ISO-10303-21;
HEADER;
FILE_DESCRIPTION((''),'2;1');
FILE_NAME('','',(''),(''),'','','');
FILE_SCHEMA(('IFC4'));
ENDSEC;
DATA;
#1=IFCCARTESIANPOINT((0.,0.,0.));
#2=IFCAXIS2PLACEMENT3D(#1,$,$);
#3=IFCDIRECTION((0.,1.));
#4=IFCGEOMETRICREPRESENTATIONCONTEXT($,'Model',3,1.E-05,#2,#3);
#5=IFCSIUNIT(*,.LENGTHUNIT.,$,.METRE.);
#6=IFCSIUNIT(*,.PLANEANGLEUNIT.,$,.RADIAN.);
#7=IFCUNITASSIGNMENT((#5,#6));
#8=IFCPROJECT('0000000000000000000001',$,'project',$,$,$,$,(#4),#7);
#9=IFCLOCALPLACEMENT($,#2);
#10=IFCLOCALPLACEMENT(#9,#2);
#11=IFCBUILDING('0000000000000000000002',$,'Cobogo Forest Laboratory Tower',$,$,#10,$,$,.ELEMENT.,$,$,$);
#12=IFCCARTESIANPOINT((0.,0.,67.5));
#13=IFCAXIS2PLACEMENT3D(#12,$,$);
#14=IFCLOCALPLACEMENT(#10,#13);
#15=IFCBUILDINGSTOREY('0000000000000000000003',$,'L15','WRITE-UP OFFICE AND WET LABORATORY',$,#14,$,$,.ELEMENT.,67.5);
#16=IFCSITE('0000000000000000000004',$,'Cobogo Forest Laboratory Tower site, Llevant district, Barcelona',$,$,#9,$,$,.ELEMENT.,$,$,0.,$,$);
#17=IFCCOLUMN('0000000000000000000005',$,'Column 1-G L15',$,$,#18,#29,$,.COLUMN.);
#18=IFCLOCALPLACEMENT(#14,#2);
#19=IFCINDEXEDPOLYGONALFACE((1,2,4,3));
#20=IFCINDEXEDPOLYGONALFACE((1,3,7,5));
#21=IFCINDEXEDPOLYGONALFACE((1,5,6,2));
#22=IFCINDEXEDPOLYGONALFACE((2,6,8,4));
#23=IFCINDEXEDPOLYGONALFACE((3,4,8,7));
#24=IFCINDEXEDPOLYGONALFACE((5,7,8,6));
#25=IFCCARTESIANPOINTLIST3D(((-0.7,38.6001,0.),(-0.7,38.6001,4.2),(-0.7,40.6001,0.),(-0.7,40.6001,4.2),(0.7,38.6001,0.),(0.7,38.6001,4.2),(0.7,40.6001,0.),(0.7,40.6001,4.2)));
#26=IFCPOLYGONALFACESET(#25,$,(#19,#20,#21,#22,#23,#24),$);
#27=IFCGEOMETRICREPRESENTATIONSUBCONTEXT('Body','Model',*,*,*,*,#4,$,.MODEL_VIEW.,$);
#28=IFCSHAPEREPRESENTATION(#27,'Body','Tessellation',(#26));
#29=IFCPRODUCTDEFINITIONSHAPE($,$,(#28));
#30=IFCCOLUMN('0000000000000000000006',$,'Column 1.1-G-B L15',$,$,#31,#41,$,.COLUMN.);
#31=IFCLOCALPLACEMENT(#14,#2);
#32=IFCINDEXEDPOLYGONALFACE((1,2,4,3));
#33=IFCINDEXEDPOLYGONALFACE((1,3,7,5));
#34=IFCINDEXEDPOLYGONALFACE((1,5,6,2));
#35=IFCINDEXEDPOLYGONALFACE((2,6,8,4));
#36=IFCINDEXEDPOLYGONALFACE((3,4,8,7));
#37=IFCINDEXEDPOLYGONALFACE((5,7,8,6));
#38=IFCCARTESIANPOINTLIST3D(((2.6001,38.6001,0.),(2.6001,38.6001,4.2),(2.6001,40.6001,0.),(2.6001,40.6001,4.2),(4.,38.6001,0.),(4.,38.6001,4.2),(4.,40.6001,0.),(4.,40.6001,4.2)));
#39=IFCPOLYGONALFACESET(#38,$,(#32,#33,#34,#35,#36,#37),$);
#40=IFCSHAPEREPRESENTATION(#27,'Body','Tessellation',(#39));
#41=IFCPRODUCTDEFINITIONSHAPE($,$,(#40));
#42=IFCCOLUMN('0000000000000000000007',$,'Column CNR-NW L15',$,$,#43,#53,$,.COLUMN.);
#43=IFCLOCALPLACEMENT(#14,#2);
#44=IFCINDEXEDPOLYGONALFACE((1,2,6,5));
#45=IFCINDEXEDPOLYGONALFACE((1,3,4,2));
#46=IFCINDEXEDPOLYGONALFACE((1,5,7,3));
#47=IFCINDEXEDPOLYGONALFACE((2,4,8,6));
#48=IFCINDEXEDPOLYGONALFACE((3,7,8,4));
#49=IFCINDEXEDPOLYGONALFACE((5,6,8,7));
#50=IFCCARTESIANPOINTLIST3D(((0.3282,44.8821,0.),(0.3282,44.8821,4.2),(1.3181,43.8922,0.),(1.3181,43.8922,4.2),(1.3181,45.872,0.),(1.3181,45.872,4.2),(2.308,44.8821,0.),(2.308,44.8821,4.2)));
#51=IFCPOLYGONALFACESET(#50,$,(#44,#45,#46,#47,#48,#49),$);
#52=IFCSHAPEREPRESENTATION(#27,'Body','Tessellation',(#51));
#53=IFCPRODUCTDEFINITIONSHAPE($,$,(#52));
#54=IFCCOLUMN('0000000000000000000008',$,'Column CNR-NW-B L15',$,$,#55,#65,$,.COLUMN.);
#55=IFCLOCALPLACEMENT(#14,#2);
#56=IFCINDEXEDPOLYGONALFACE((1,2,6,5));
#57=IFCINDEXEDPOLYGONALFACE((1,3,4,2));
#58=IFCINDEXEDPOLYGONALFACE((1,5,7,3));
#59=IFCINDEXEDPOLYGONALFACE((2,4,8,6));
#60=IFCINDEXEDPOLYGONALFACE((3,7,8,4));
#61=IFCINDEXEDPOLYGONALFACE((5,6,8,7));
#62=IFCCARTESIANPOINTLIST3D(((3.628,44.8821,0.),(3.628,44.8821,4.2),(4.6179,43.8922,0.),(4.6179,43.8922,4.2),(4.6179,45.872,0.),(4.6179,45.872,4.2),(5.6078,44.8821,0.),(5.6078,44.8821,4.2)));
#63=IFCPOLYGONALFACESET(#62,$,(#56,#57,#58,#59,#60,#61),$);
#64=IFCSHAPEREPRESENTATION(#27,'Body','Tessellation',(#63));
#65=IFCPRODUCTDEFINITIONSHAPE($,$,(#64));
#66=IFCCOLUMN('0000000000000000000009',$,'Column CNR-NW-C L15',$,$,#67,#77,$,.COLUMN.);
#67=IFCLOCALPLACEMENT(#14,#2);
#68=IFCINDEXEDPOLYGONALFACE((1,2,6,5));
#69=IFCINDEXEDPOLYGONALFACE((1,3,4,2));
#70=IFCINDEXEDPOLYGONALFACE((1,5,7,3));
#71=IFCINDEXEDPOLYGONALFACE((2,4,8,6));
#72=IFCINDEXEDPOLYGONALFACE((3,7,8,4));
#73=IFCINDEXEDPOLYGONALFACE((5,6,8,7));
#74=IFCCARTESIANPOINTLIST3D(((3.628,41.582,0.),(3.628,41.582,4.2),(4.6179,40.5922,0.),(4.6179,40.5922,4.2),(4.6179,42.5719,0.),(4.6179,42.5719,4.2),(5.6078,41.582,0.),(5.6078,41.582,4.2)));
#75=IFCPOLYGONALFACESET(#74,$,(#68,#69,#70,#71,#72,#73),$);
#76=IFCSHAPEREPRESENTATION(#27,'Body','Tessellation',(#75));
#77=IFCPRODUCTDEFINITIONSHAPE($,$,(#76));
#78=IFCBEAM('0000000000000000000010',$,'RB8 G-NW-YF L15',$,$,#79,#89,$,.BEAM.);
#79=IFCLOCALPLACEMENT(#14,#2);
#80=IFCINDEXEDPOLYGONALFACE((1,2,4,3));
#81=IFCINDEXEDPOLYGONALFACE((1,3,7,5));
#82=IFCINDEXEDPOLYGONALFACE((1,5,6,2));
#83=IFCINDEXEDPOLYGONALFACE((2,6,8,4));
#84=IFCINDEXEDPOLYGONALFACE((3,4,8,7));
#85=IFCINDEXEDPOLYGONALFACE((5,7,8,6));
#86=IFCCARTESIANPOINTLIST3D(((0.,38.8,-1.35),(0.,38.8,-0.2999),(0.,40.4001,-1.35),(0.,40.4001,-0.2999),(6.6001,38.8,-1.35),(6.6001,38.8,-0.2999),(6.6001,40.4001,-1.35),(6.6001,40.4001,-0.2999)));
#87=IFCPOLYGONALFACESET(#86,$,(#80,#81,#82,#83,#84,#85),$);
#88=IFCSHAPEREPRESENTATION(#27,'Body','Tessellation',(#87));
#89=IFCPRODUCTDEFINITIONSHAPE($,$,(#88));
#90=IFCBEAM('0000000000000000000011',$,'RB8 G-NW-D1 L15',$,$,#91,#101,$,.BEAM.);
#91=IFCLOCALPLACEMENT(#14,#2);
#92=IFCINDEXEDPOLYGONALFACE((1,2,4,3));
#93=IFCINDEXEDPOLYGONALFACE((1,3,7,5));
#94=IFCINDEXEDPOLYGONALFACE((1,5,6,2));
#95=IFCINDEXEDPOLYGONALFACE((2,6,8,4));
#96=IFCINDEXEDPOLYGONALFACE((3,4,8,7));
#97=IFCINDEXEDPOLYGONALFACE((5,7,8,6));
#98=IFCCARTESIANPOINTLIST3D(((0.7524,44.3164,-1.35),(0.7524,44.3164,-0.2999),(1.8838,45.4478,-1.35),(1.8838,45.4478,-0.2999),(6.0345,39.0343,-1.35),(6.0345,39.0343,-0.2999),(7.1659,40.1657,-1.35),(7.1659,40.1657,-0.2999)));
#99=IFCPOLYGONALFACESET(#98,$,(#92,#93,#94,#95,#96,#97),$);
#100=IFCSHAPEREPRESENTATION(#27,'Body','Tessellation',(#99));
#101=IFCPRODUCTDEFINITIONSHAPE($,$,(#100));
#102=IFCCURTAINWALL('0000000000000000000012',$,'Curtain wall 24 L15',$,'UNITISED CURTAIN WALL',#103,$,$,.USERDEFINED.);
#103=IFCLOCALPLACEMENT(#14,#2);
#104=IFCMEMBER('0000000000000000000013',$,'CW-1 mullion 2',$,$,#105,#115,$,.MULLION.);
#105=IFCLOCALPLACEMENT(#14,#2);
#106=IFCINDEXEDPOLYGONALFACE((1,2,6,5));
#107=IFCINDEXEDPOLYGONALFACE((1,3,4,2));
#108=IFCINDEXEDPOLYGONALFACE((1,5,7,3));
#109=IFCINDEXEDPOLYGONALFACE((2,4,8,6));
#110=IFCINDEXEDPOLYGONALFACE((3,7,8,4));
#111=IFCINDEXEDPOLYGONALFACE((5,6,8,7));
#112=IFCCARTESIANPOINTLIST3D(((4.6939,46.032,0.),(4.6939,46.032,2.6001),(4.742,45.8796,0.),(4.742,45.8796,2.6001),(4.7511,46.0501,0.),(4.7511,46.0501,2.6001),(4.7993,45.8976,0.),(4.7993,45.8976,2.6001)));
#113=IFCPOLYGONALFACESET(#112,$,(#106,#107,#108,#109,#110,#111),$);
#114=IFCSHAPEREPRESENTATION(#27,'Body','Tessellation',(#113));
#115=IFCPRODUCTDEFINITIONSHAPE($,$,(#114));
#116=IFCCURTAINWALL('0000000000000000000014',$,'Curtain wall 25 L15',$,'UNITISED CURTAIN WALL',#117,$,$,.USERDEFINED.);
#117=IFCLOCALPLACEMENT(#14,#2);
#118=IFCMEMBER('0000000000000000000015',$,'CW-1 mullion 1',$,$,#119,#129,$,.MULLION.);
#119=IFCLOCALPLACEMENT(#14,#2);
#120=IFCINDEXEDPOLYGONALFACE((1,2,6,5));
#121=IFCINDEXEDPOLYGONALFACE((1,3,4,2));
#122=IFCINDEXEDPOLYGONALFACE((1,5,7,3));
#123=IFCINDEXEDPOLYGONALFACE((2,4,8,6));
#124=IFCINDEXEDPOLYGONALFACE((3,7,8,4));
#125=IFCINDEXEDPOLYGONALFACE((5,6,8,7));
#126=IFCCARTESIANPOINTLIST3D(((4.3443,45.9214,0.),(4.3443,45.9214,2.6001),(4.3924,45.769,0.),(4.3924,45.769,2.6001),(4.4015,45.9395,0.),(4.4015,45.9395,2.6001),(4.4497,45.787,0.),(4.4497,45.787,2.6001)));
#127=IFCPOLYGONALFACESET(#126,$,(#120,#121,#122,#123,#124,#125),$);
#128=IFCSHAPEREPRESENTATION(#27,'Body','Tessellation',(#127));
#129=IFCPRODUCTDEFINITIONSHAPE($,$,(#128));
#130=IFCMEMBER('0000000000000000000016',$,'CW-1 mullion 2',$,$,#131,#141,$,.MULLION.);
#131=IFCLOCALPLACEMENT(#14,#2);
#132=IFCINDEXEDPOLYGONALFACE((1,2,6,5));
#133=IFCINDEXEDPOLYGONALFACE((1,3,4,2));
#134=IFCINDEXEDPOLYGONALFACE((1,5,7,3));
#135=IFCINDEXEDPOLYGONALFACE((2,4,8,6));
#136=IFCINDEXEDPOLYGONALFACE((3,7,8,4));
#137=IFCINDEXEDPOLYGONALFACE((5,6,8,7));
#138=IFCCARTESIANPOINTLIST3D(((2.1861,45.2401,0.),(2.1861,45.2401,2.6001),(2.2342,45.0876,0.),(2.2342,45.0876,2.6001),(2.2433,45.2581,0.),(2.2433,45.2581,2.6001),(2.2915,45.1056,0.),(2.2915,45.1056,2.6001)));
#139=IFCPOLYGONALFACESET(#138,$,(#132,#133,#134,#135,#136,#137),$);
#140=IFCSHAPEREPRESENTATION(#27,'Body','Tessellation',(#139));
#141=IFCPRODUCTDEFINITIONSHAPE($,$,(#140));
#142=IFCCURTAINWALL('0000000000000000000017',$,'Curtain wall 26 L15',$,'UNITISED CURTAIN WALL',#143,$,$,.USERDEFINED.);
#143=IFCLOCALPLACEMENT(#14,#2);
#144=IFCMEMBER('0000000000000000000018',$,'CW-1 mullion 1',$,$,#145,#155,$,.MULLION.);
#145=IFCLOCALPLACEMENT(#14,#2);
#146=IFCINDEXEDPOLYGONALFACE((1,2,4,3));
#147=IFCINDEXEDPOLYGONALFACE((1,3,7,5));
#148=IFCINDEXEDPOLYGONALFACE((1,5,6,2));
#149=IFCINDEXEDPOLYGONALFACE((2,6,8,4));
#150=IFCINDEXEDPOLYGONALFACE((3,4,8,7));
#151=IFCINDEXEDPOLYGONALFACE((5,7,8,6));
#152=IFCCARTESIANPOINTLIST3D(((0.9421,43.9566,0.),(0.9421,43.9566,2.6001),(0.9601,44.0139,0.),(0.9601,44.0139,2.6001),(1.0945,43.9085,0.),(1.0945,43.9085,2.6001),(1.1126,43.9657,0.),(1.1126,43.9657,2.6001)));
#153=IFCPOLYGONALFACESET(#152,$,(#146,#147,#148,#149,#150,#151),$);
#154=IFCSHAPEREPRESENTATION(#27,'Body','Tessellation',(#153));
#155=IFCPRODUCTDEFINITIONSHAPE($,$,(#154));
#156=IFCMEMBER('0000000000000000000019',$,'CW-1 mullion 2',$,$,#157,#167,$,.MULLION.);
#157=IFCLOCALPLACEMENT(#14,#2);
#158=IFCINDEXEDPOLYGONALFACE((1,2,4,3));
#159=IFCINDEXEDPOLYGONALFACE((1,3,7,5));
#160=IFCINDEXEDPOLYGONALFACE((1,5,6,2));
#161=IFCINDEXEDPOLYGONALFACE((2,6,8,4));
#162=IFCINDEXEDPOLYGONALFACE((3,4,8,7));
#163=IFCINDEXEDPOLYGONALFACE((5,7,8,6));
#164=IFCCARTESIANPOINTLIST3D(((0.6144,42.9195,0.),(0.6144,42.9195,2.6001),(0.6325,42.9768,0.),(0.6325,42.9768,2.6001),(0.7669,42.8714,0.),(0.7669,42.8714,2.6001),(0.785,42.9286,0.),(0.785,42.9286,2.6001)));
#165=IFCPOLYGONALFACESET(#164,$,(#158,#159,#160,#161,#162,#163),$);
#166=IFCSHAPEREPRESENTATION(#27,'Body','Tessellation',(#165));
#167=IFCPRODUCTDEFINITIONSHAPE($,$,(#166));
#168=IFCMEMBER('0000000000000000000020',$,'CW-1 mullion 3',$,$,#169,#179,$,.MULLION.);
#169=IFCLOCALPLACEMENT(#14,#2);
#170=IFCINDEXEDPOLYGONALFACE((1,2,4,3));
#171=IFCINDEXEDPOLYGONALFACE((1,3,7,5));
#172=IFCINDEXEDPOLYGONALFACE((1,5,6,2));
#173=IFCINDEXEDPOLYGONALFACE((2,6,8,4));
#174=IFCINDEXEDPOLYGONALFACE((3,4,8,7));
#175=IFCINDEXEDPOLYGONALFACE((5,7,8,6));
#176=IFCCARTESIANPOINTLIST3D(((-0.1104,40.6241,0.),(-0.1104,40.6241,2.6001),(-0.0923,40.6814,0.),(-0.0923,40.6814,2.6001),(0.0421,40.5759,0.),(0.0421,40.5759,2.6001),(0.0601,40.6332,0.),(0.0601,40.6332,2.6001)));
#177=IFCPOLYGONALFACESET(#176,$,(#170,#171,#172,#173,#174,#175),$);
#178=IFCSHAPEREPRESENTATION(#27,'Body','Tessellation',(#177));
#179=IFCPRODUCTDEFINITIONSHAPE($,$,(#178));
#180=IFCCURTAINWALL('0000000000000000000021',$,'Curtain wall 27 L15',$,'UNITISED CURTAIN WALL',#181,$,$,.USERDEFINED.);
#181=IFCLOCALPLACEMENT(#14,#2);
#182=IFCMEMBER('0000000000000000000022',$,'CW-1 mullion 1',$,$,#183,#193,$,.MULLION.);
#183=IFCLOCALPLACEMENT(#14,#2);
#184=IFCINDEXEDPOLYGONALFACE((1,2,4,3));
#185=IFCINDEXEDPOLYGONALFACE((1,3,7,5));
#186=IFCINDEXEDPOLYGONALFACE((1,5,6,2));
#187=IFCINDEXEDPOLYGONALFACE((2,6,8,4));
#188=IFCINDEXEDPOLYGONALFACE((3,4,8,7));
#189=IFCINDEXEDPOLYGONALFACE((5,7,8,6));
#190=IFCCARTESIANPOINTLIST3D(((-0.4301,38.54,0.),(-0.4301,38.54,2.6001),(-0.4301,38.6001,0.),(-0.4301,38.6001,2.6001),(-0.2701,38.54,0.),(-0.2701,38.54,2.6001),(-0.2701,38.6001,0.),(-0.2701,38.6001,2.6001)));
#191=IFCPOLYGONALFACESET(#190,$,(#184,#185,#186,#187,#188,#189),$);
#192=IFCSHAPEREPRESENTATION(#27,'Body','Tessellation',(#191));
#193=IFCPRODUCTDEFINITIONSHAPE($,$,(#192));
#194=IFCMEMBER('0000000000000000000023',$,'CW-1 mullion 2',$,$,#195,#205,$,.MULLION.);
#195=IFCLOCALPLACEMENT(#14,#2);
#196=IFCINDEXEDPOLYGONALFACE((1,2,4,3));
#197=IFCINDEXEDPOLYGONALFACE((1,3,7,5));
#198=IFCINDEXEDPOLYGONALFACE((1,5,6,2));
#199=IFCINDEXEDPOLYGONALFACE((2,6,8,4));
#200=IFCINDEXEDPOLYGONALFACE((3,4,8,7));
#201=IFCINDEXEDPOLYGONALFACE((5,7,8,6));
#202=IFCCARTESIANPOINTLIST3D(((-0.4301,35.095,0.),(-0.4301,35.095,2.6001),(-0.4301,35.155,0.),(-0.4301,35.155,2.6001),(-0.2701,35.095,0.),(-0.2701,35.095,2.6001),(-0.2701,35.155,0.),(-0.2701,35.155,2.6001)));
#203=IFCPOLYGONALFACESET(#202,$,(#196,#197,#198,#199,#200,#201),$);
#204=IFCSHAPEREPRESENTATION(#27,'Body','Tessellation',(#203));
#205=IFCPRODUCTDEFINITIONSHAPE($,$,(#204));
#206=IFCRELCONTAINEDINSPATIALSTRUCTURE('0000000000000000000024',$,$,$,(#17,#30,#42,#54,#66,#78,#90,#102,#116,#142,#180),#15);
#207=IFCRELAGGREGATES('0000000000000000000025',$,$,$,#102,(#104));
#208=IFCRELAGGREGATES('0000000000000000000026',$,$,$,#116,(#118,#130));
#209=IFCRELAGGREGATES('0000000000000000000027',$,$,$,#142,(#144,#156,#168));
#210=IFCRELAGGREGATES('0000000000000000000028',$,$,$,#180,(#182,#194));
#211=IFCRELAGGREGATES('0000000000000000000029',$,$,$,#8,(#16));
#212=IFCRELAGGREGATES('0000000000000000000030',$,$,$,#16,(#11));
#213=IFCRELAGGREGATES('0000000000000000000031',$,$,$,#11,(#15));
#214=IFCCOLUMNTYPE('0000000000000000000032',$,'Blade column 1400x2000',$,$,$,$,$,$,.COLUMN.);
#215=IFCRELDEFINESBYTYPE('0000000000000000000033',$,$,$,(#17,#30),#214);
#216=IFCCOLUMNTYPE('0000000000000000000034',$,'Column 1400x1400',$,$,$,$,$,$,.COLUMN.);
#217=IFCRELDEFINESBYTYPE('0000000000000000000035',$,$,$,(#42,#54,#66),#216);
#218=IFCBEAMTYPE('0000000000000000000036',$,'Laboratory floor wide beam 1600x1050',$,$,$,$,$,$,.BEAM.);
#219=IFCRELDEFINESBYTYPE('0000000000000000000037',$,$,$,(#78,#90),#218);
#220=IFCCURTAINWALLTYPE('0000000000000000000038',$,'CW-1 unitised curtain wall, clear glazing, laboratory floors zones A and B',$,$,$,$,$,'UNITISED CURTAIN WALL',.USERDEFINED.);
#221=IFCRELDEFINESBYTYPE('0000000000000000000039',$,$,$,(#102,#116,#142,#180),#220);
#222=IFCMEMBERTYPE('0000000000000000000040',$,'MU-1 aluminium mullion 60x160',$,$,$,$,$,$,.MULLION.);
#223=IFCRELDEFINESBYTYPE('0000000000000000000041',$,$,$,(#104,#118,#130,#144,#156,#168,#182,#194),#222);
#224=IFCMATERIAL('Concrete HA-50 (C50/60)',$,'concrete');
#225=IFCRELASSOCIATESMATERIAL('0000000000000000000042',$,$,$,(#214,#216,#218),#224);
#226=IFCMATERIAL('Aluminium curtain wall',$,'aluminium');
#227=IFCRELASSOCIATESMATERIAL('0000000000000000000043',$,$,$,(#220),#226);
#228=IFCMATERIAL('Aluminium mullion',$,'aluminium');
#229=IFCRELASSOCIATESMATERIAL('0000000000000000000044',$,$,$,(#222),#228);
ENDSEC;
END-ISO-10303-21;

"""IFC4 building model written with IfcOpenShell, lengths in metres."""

from ifc_helpers import new_model, si_unit, direction, frame, origin, origin_2d, place, context, subcontext, project, spatial, rectangle, extrude, material, material_profile, profile_set, type_object, element, aggregate, save


model = new_model("IFC4")

# Units and contexts
model_context = context("Model", 3, precision=1e-05, world=origin(), true_north=direction((0.0, 1.0)))
body_context = subcontext(model_context, "Body", "Model", "MODEL_VIEW")
ifc_project = project(units=[si_unit("LENGTHUNIT", "METRE"), si_unit("PLANEANGLEUNIT", "RADIAN")], contexts=[model_context])

# Site, building, storey
site_placement = place(None, origin())
site = spatial("IfcSite", under=ifc_project, at=site_placement, Name="Cobogo Forest Laboratory Tower site, Llevant district, Barcelona", CompositionType="ELEMENT", RefElevation=0.0)
building_placement = place(site_placement, origin())
building = spatial("IfcBuilding", under=site, at=building_placement, Name="Cobogo Forest Laboratory Tower", CompositionType="ELEMENT")
storey_placement = place(building_placement, frame((0.0, 0.0, 67.5)))
storey = spatial("IfcBuildingStorey", under=building, at=storey_placement, Name="L15", Description="WRITE-UP OFFICE AND WET LABORATORY", CompositionType="ELEMENT", Elevation=67.5)

# Columns
ifc_material_1 = material(Name="Concrete HA-50 (C50/60)", Category="concrete")
ifc_material_profile_1 = material_profile(ifc_material_1, rectangle(XDim=2.0, YDim=1.3999, at=origin_2d()), Name="RC 1400x2000")
ifc_profile_set_1 = profile_set([ifc_material_profile_1], Name="Concrete HA-50 (C50/60)")
column_type_1 = type_object("IfcColumnType", Name="Blade column 1400x2000", PredefinedType="COLUMN", material=ifc_profile_set_1)
for number, where, z_axis, x_axis, name in (
    (1, (0.0, 39.6001, 0.0), (0.0, 0.0, 1.0), (0.0, 1.0, 0.0), "Column 1-G L15"),
    (2, (3.3, 39.6001, 0.0), (0.0, 0.0, 1.0), (0.0, 1.0, 0.0), "Column 1.1-G-B L15"),
):
    element("IfcColumn", number, at=place(storey_placement, frame(where, z_axis=z_axis, x_axis=x_axis)), inside=storey, type_object=column_type_1, Name=name, PredefinedType="COLUMN", context=body_context, shape_type="SweptSolid", body=[
        extrude(rectangle(XDim=2.0, YDim=1.3999, at=origin_2d()), origin(), (0.0, 0.0, 1.0), 4.2),
    ])
ifc_material_profile_2 = material_profile(ifc_material_1, rectangle(XDim=1.3999, YDim=1.3999, at=origin_2d()), Name="RC 1400x1400")
ifc_profile_set_2 = profile_set([ifc_material_profile_2], Name="Concrete HA-50 (C50/60)")
column_type_2 = type_object("IfcColumnType", Name="Column 1400x1400", PredefinedType="COLUMN", material=ifc_profile_set_2)
for number, where, z_axis, x_axis, name in (
    (3, (1.3181, 44.8821, 0.0), (0.0, 0.0, 1.0), (0.707107, 0.707107, 0.0), "Column CNR-NW L15"),
    (4, (4.6179, 44.8821, 0.0), (0.0, 0.0, 1.0), (0.707107, 0.707107, 0.0), "Column CNR-NW-B L15"),
    (5, (4.6179, 41.582, 0.0), (0.0, 0.0, 1.0), (0.707107, 0.707107, 0.0), "Column CNR-NW-C L15"),
):
    element("IfcColumn", number, at=place(storey_placement, frame(where, z_axis=z_axis, x_axis=x_axis)), inside=storey, type_object=column_type_2, Name=name, PredefinedType="COLUMN", context=body_context, shape_type="SweptSolid", body=[
        extrude(rectangle(XDim=1.3999, YDim=1.3999, at=origin_2d()), origin(), (0.0, 0.0, 1.0), 4.2),
    ])

# Beams
ifc_material_profile_3 = material_profile(ifc_material_1, rectangle(XDim=1.6001, YDim=1.05, at=origin_2d()), Name="RC 1600x1050")
ifc_profile_set_3 = profile_set([ifc_material_profile_3], Name="Concrete HA-50 (C50/60)")
beam_type_1 = type_object("IfcBeamType", Name="Laboratory floor wide beam 1600x1050", PredefinedType="BEAM", material=ifc_profile_set_3)
beam_1_placement = place(storey_placement, frame((0.0, 39.6001, -0.825), z_axis=(1.0, 0.0, 0.0), x_axis=(0.0, 1.0, 0.0)))
element("IfcBeam", 6, at=beam_1_placement, inside=storey, type_object=beam_type_1, Name="RB8 G-NW-YF L15", PredefinedType="BEAM", context=body_context, shape_type="SweptSolid", body=[
    extrude(rectangle(XDim=1.6001, YDim=1.05, at=origin_2d()), origin(), (0.0, 0.0, 1.0), 6.6001),
])
beam_2_placement = place(storey_placement, frame((1.3181, 44.8821, -0.825), z_axis=(0.707107, -0.707107, 0.0), x_axis=(0.707107, 0.707107, 0.0)))
element("IfcBeam", 7, at=beam_2_placement, inside=storey, type_object=beam_type_1, Name="RB8 G-NW-D1 L15", PredefinedType="BEAM", context=body_context, shape_type="SweptSolid", body=[
    extrude(rectangle(XDim=1.6001, YDim=1.05, at=origin_2d()), origin(), (0.0, 0.0, 1.0), 7.47),
])

# Curtain wall, member
ifc_material_2 = material(Name="Aluminium curtain wall", Category="aluminium")
curtain_wall_type = type_object("IfcCurtainWallType", Name="CW-1 unitised curtain wall, clear glazing, laboratory floors zones A and B", ElementType="UNITISED CURTAIN WALL", PredefinedType="USERDEFINED", material=ifc_material_2)
curtain_wall_1_placement = place(storey_placement, origin())
curtain_wall_1 = element("IfcCurtainWall", 8, at=curtain_wall_1_placement, inside=storey, type_object=curtain_wall_type, Name="Curtain wall 24 L15", ObjectType="UNITISED CURTAIN WALL", PredefinedType="USERDEFINED")
ifc_material_3 = material(Name="Aluminium mullion", Category="aluminium")
ifc_material_profile_4 = material_profile(ifc_material_3, rectangle(XDim=0.0601, YDim=0.1599, at=origin_2d()), Name="AL 60x160")
ifc_profile_set_4 = profile_set([ifc_material_profile_4], Name="Aluminium mullion")
member_type_1 = type_object("IfcMemberType", Name="MU-1 aluminium mullion 60x160", PredefinedType="MULLION", material=ifc_profile_set_4)
member_1_placement = place(storey_placement, frame((4.7466, 45.9648, 0.0), z_axis=(0.0, 0.0, 1.0), x_axis=(-0.953581, -0.301135, 0.0)))
member_1 = element("IfcMember", 9, at=member_1_placement, type_object=member_type_1, Name="CW-1 mullion 2", PredefinedType="MULLION", context=body_context, shape_type="SweptSolid", body=[
    extrude(rectangle(XDim=0.0601, YDim=0.1599, at=origin_2d()), origin(), (0.0, 0.0, 1.0), 2.6001),
])

# Curtain walls, members
curtain_wall_2_placement = place(storey_placement, origin())
curtain_wall_2 = element("IfcCurtainWall", 10, at=curtain_wall_2_placement, inside=storey, type_object=curtain_wall_type, Name="Curtain wall 25 L15", ObjectType="UNITISED CURTAIN WALL", PredefinedType="USERDEFINED")
member_2_placement = place(storey_placement, frame((4.397, 45.8542, 0.0), z_axis=(0.0, 0.0, 1.0), x_axis=(-0.953581, -0.301135, 0.0)))
member_2 = element("IfcMember", 11, at=member_2_placement, type_object=member_type_1, Name="CW-1 mullion 1", PredefinedType="MULLION", context=body_context, shape_type="SweptSolid", body=[
    extrude(rectangle(XDim=0.0601, YDim=0.1599, at=origin_2d()), origin(), (0.0, 0.0, 1.0), 2.6001),
])
member_3_placement = place(storey_placement, frame((2.2388, 45.1729, 0.0), z_axis=(0.0, 0.0, 1.0), x_axis=(-0.953581, -0.301135, 0.0)))
member_3 = element("IfcMember", 12, at=member_3_placement, type_object=member_type_1, Name="CW-1 mullion 2", PredefinedType="MULLION", context=body_context, shape_type="SweptSolid", body=[
    extrude(rectangle(XDim=0.0601, YDim=0.1599, at=origin_2d()), origin(), (0.0, 0.0, 1.0), 2.6001),
])
curtain_wall_3_placement = place(storey_placement, origin())
curtain_wall_3 = element("IfcCurtainWall", 13, at=curtain_wall_3_placement, inside=storey, type_object=curtain_wall_type, Name="Curtain wall 26 L15", ObjectType="UNITISED CURTAIN WALL", PredefinedType="USERDEFINED")
member_4_placement = place(storey_placement, frame((1.0273, 43.9612, 0.0), z_axis=(0.0, 0.0, 1.0), x_axis=(-0.301135, -0.953581, 0.0)))
member_4 = element("IfcMember", 14, at=member_4_placement, type_object=member_type_1, Name="CW-1 mullion 1", PredefinedType="MULLION", context=body_context, shape_type="SweptSolid", body=[
    extrude(rectangle(XDim=0.0601, YDim=0.1599, at=origin_2d()), origin(), (0.0, 0.0, 1.0), 2.6001),
])
member_5_placement = place(storey_placement, frame((0.6997, 42.9241, 0.0), z_axis=(0.0, 0.0, 1.0), x_axis=(-0.301135, -0.953581, 0.0)))
member_5 = element("IfcMember", 15, at=member_5_placement, type_object=member_type_1, Name="CW-1 mullion 2", PredefinedType="MULLION", context=body_context, shape_type="SweptSolid", body=[
    extrude(rectangle(XDim=0.0601, YDim=0.1599, at=origin_2d()), origin(), (0.0, 0.0, 1.0), 2.6001),
])
member_6_placement = place(storey_placement, frame((-0.0251, 40.6287, 0.0), z_axis=(0.0, 0.0, 1.0), x_axis=(-0.301135, -0.953581, 0.0)))
member_6 = element("IfcMember", 16, at=member_6_placement, type_object=member_type_1, Name="CW-1 mullion 3", PredefinedType="MULLION", context=body_context, shape_type="SweptSolid", body=[
    extrude(rectangle(XDim=0.0601, YDim=0.1599, at=origin_2d()), origin(), (0.0, 0.0, 1.0), 2.6001),
])
curtain_wall_4_placement = place(storey_placement, origin())
curtain_wall_4 = element("IfcCurtainWall", 17, at=curtain_wall_4_placement, inside=storey, type_object=curtain_wall_type, Name="Curtain wall 27 L15", ObjectType="UNITISED CURTAIN WALL", PredefinedType="USERDEFINED")
member_7_placement = place(storey_placement, frame((-0.3501, 38.5701, 0.0), z_axis=(0.0, 0.0, 1.0), x_axis=(0.0, -1.0, 0.0)))
member_7 = element("IfcMember", 18, at=member_7_placement, type_object=member_type_1, Name="CW-1 mullion 1", PredefinedType="MULLION", context=body_context, shape_type="SweptSolid", body=[
    extrude(rectangle(XDim=0.0601, YDim=0.1599, at=origin_2d()), origin(), (0.0, 0.0, 1.0), 2.6001),
])
member_8_placement = place(storey_placement, frame((-0.3501, 35.125, 0.0), z_axis=(0.0, 0.0, 1.0), x_axis=(0.0, -1.0, 0.0)))
member_8 = element("IfcMember", 19, at=member_8_placement, type_object=member_type_1, Name="CW-1 mullion 2", PredefinedType="MULLION", context=body_context, shape_type="SweptSolid", body=[
    extrude(rectangle(XDim=0.0601, YDim=0.1599, at=origin_2d()), origin(), (0.0, 0.0, 1.0), 2.6001),
])

aggregate(curtain_wall_1, [member_1])
aggregate(curtain_wall_2, [member_2, member_3])
aggregate(curtain_wall_3, [member_4, member_5, member_6])
aggregate(curtain_wall_4, [member_7, member_8])

save(model, "model.ifc")
